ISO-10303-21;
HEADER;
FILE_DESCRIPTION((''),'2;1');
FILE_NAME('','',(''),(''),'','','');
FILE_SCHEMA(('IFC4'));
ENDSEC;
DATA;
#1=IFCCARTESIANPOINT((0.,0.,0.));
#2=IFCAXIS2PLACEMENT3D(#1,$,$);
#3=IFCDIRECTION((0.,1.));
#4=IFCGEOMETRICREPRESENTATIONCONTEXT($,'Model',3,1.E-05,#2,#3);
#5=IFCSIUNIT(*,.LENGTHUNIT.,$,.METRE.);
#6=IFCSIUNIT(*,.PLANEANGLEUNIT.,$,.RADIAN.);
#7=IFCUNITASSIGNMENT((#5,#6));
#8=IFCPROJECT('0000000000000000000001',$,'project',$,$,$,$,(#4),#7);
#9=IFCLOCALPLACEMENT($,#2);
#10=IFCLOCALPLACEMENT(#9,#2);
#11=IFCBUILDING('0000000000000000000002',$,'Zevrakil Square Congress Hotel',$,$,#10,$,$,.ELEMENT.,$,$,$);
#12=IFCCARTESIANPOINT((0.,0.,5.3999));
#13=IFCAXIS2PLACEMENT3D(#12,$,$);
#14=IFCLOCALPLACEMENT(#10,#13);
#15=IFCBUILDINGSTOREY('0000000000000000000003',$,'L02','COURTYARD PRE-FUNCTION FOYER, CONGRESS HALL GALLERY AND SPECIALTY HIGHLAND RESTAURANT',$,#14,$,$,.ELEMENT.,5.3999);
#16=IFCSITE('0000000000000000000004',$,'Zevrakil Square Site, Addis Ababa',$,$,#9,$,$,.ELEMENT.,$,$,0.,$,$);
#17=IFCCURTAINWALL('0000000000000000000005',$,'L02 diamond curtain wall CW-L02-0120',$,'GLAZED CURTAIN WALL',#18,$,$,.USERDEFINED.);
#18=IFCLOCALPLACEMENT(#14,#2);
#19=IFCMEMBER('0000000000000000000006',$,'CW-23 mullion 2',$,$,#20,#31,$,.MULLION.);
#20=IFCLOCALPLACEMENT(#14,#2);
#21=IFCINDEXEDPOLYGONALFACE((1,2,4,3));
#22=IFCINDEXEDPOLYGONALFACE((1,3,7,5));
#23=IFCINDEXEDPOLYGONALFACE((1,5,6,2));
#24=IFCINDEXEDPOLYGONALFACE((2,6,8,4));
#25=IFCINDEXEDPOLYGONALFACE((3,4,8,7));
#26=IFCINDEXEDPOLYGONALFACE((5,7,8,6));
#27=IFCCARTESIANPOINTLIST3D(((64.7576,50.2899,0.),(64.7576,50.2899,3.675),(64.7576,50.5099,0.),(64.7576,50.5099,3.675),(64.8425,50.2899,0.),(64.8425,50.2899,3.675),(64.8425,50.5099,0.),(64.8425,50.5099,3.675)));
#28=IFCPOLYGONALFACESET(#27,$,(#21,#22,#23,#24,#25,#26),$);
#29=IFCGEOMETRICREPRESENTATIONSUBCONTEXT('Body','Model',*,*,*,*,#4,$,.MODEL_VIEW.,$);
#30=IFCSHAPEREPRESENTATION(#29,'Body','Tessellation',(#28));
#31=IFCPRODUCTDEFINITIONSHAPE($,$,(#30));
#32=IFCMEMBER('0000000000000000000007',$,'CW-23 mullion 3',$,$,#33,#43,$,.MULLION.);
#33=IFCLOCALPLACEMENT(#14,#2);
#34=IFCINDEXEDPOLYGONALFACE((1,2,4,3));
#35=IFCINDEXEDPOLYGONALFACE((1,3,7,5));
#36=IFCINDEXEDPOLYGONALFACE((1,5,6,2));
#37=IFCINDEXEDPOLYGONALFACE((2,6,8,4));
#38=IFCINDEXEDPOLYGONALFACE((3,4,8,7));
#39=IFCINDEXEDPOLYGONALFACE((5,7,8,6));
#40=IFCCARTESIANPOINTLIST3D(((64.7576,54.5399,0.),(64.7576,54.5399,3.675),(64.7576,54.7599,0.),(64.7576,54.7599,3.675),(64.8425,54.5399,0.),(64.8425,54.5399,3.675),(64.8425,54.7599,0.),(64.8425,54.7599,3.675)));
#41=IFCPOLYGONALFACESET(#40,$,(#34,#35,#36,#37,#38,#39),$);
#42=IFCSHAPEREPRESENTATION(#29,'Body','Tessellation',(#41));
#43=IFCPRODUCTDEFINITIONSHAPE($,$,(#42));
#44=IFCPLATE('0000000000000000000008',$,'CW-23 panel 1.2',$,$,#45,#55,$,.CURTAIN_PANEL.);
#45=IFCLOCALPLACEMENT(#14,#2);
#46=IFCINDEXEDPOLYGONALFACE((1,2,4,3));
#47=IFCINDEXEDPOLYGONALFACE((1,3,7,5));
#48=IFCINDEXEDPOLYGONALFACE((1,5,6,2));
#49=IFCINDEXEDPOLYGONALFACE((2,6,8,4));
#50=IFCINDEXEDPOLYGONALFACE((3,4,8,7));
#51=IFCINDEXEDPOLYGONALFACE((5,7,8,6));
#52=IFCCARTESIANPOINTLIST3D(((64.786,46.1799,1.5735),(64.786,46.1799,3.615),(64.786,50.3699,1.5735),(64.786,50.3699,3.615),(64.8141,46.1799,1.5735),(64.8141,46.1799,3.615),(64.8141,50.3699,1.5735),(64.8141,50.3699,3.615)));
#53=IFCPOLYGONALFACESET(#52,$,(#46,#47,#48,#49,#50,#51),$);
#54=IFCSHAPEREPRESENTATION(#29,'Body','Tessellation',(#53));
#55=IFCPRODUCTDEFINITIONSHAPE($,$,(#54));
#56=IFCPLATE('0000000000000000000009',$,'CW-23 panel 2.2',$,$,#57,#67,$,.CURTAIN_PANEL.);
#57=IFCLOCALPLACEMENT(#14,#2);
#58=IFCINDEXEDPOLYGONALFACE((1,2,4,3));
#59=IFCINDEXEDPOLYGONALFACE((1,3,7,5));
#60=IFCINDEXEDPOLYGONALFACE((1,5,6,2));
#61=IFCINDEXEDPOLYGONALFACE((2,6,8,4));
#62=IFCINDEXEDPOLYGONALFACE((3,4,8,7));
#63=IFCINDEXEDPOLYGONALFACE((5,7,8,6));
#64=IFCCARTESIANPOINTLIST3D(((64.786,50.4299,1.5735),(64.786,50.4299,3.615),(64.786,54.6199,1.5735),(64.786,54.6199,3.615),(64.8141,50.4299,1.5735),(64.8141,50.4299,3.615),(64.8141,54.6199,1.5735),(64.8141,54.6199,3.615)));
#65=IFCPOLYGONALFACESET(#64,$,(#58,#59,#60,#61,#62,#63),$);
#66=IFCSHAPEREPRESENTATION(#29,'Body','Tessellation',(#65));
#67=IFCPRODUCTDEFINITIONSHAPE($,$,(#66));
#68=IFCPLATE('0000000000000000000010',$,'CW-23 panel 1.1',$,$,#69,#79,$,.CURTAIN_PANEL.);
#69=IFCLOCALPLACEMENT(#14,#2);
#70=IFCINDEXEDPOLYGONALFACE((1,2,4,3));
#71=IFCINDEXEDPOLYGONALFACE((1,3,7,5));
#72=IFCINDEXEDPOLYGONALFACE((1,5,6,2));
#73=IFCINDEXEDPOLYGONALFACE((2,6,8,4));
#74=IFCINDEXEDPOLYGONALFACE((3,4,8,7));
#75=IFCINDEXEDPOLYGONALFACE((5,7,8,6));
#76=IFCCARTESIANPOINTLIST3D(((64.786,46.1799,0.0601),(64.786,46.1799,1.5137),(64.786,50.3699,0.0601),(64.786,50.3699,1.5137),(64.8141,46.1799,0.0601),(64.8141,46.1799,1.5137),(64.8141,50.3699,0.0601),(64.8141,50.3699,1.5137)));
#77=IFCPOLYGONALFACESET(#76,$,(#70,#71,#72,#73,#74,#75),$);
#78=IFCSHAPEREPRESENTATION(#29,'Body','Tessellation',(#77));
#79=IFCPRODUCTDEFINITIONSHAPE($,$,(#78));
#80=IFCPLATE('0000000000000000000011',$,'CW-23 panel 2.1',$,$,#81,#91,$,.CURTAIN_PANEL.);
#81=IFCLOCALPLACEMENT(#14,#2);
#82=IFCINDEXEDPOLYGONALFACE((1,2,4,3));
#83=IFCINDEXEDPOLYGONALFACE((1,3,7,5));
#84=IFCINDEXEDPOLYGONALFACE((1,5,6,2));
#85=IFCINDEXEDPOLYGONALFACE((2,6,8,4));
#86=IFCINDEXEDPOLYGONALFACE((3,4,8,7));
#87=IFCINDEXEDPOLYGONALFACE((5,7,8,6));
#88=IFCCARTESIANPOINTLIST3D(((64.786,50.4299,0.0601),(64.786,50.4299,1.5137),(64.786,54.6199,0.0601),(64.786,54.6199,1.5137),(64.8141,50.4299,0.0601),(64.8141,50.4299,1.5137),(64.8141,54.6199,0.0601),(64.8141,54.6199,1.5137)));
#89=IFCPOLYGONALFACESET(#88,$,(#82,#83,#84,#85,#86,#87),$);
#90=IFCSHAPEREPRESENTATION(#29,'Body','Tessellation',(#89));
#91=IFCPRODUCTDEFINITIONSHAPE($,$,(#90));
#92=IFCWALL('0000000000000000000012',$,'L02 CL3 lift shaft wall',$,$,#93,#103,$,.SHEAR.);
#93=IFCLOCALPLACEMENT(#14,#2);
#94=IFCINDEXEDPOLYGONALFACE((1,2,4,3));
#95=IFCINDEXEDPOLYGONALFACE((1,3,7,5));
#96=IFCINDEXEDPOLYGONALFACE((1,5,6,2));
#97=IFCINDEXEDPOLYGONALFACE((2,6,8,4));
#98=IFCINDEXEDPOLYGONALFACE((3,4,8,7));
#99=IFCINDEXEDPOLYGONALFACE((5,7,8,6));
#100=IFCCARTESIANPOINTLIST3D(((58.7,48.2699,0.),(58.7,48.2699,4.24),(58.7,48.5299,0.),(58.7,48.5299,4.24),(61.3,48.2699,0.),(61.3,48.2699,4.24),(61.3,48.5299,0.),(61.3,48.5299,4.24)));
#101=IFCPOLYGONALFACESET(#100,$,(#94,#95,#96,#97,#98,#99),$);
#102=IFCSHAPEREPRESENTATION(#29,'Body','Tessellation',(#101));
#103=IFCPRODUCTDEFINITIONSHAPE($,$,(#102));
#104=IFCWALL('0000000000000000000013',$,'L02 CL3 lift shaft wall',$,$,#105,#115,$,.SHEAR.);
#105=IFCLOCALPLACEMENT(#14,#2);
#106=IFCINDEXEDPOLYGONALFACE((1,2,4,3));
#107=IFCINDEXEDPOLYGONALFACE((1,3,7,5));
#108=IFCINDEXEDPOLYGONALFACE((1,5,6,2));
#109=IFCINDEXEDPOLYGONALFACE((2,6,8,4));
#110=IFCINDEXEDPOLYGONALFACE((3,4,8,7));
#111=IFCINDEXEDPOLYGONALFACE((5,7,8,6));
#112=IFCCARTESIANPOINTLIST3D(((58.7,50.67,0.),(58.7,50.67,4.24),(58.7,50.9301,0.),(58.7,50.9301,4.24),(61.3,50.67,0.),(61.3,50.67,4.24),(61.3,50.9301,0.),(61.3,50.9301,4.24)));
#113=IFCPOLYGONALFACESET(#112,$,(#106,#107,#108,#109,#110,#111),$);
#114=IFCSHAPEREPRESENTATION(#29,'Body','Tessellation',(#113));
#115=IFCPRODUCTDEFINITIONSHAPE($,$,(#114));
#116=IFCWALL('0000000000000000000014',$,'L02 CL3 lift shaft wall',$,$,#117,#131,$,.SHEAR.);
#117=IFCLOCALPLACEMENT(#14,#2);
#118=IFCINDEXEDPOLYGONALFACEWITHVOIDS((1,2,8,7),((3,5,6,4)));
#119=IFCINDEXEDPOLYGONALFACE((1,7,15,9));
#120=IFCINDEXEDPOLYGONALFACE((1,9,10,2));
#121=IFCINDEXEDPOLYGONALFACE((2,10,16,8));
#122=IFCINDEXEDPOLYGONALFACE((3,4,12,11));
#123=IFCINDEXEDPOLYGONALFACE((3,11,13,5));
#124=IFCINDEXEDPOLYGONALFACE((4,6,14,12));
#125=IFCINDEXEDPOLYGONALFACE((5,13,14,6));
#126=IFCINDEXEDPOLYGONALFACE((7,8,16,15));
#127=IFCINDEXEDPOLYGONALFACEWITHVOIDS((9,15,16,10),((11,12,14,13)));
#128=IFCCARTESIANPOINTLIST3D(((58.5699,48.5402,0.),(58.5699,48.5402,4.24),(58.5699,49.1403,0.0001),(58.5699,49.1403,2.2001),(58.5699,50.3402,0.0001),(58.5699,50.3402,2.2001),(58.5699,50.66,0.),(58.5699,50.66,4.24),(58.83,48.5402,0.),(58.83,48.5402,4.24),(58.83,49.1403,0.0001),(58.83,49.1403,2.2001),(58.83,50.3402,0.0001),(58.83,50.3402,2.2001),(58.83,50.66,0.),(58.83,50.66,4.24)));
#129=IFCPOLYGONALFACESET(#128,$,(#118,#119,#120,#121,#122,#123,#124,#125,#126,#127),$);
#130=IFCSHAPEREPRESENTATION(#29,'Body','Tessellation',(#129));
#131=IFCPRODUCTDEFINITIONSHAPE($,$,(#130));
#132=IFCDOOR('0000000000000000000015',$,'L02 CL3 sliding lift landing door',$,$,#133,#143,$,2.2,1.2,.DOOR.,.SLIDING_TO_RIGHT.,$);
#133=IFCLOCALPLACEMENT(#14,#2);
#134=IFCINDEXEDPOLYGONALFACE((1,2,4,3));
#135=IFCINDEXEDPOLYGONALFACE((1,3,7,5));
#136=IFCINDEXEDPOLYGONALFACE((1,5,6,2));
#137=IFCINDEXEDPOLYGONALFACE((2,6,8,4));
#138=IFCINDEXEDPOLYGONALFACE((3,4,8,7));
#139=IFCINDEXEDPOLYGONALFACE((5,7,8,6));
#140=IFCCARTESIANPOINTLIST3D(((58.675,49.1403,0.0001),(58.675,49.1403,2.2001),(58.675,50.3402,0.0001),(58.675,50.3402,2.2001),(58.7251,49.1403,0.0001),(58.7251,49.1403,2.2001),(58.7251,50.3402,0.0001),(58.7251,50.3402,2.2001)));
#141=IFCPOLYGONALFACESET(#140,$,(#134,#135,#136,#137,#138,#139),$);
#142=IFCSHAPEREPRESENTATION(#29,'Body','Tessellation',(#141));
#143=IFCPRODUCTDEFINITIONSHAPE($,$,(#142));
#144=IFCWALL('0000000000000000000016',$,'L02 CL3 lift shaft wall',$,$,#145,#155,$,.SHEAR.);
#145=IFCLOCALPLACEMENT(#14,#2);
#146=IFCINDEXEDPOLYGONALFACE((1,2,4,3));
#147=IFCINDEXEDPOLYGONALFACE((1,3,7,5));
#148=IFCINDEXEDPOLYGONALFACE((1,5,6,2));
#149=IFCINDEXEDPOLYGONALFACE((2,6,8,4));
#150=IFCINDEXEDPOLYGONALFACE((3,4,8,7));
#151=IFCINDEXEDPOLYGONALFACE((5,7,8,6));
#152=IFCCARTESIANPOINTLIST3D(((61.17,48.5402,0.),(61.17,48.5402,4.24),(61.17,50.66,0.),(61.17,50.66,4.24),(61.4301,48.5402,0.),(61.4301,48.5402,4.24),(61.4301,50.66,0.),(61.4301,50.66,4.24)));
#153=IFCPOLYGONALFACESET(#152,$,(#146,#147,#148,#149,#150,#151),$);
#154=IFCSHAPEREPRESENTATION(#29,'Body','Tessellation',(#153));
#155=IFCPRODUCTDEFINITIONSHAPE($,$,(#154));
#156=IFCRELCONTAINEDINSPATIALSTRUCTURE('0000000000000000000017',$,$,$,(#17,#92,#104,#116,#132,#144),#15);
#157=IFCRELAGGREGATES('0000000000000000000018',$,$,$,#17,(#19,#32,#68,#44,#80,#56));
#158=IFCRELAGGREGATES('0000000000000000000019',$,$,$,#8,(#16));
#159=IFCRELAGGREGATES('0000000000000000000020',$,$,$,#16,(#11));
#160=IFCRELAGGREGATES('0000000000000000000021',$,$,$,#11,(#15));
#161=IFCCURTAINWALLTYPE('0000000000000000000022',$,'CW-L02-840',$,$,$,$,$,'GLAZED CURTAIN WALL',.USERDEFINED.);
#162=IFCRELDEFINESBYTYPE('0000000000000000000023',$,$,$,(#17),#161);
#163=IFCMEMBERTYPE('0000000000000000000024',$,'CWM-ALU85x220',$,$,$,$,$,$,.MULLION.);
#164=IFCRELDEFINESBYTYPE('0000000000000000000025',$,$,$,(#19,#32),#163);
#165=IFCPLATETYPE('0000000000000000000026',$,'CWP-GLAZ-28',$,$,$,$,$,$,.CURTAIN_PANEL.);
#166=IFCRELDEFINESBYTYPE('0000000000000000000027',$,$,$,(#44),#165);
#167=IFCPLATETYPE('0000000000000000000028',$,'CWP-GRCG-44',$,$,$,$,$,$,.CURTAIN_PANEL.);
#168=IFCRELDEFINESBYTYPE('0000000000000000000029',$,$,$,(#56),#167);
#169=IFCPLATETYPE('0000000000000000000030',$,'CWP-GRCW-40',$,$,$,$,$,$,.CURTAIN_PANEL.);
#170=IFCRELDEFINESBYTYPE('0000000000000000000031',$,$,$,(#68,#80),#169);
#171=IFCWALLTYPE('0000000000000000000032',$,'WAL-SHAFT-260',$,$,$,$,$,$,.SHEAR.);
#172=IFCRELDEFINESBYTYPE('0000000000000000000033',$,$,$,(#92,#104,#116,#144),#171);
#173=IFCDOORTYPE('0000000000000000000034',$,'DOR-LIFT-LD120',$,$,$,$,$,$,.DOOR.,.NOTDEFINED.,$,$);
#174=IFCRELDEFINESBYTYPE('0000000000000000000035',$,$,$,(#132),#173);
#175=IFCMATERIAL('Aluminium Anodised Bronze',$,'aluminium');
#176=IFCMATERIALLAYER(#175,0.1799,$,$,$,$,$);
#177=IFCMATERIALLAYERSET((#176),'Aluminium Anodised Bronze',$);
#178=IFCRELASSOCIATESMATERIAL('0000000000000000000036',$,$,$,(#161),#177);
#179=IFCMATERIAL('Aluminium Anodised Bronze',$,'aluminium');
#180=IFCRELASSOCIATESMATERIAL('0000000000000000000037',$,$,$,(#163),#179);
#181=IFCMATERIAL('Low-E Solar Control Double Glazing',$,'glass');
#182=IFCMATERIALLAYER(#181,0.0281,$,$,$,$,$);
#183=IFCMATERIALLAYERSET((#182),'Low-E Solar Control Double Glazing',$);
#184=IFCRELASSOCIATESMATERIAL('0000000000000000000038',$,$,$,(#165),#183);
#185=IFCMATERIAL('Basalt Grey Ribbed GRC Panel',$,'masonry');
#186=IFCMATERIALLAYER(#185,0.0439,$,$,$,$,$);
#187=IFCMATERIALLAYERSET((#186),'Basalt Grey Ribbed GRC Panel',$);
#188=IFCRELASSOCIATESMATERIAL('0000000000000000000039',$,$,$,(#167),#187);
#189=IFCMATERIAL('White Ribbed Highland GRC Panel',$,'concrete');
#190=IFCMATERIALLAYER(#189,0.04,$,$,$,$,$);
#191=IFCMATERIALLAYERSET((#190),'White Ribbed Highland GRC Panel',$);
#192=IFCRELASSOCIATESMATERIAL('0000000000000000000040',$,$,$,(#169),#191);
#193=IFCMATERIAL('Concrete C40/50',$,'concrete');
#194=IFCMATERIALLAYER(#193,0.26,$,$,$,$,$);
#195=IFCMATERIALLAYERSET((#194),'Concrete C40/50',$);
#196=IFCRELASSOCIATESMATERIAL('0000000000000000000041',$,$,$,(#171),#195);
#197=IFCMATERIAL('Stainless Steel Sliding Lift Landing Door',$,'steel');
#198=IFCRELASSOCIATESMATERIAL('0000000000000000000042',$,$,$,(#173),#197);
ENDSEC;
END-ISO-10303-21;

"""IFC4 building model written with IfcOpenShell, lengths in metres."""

from ifc_helpers import new_model, si_unit, direction, frame, frame_2d, origin, origin_2d, place, context, subcontext, project, spatial, rectangle, extrude, material, layer, layer_set, material_profile, profile_set, type_object, element, fill, aggregate, save


model = new_model("IFC4")

# Units and contexts
model_context = context("Model", 3, precision=1e-05, world=origin(), true_north=direction((0.0, 1.0)))
body_context = subcontext(model_context, "Body", "Model", "MODEL_VIEW")
ifc_project = project(units=[si_unit("LENGTHUNIT", "METRE"), si_unit("PLANEANGLEUNIT", "RADIAN")], contexts=[model_context])

# Site, building, storey
site_placement = place(None, origin())
site = spatial("IfcSite", under=ifc_project, at=site_placement, Name="Zevrakil Square Site, Addis Ababa", CompositionType="ELEMENT", RefElevation=0.0)
building_placement = place(site_placement, origin())
building = spatial("IfcBuilding", under=site, at=building_placement, Name="Zevrakil Square Congress Hotel", CompositionType="ELEMENT")
storey_placement = place(building_placement, frame((0.0, 0.0, 5.3999)))
storey = spatial("IfcBuildingStorey", under=building, at=storey_placement, Name="L02", Description="COURTYARD PRE-FUNCTION FOYER, CONGRESS HALL GALLERY AND SPECIALTY HIGHLAND RESTAURANT", CompositionType="ELEMENT", Elevation=5.3999)

# Curtain wall, members, plates
ifc_material_1 = material(Name="Aluminium Anodised Bronze", Category="aluminium")
ifc_layer_1 = layer(ifc_material_1, 0.1799)
ifc_layer_set_1 = layer_set([ifc_layer_1], Name="Aluminium Anodised Bronze")
curtain_wall_type = type_object("IfcCurtainWallType", Name="CW-L02-840", ElementType="GLAZED CURTAIN WALL", PredefinedType="USERDEFINED", material=ifc_layer_set_1)
curtain_wall_placement = place(storey_placement, origin())
curtain_wall = element("IfcCurtainWall", 1, at=curtain_wall_placement, inside=storey, type_object=curtain_wall_type, Name="L02 diamond curtain wall CW-L02-0120", ObjectType="GLAZED CURTAIN WALL", PredefinedType="USERDEFINED")
ifc_material_2 = material(Name="Aluminium Anodised Bronze", Category="aluminium")
ifc_material_profile_1 = material_profile(ifc_material_2, rectangle(XDim=0.085, YDim=0.22, at=origin_2d()), Name="ALU 85x220")
ifc_profile_set_1 = profile_set([ifc_material_profile_1], Name="Aluminium Anodised Bronze")
member_type_1 = type_object("IfcMemberType", Name="CWM-ALU85x220", PredefinedType="MULLION", material=ifc_profile_set_1)
member_1_placement = place(storey_placement, frame((64.8, 50.3999, 0.0), z_axis=(0.0, 0.0, 1.0), x_axis=(-1.0, 0.0, 0.0)))
member_1 = element("IfcMember", 2, at=member_1_placement, type_object=member_type_1, Name="CW-23 mullion 2", PredefinedType="MULLION", context=body_context, shape_type="SweptSolid", body=[
    extrude(rectangle(XDim=0.085, YDim=0.22, at=origin_2d()), origin(), (0.0, 0.0, 1.0), 3.675),
])
member_2_placement = place(storey_placement, frame((64.8, 54.6499, 0.0), z_axis=(0.0, 0.0, 1.0), x_axis=(-1.0, 0.0, 0.0)))
member_2 = element("IfcMember", 3, at=member_2_placement, type_object=member_type_1, Name="CW-23 mullion 3", PredefinedType="MULLION", context=body_context, shape_type="SweptSolid", body=[
    extrude(rectangle(XDim=0.085, YDim=0.22, at=origin_2d()), origin(), (0.0, 0.0, 1.0), 3.675),
])
ifc_material_3 = material(Name="Low-E Solar Control Double Glazing", Category="glass")
ifc_layer_2 = layer(ifc_material_3, 0.0281)
ifc_layer_set_2 = layer_set([ifc_layer_2], Name="Low-E Solar Control Double Glazing")
plate_type_1 = type_object("IfcPlateType", Name="CWP-GLAZ-28", PredefinedType="CURTAIN_PANEL", material=ifc_layer_set_2)
plate_1_placement = place(storey_placement, frame((64.8, 48.2749, 1.5735), z_axis=(0.0, 0.0, 1.0), x_axis=(0.0, 1.0, 0.0)))
plate_1 = element("IfcPlate", 4, at=plate_1_placement, type_object=plate_type_1, Name="CW-23 panel 1.2", PredefinedType="CURTAIN_PANEL", context=body_context, shape_type="SweptSolid", body=[
    extrude(rectangle(XDim=4.1899, YDim=0.0281, at=origin_2d()), origin(), (0.0, 0.0, 1.0), 2.0415),
])
ifc_material_4 = material(Name="Basalt Grey Ribbed GRC Panel", Category="masonry")
ifc_layer_3 = layer(ifc_material_4, 0.0439)
ifc_layer_set_3 = layer_set([ifc_layer_3], Name="Basalt Grey Ribbed GRC Panel")
plate_type_2 = type_object("IfcPlateType", Name="CWP-GRCG-44", PredefinedType="CURTAIN_PANEL", material=ifc_layer_set_3)
plate_2_placement = place(storey_placement, frame((64.8, 52.5249, 1.5735), z_axis=(0.0, 0.0, 1.0), x_axis=(0.0, 1.0, 0.0)))
plate_2 = element("IfcPlate", 5, at=plate_2_placement, type_object=plate_type_2, Name="CW-23 panel 2.2", PredefinedType="CURTAIN_PANEL", context=body_context, shape_type="SweptSolid", body=[
    extrude(rectangle(XDim=4.1899, YDim=0.0281, at=origin_2d()), origin(), (0.0, 0.0, 1.0), 2.0415),
])
ifc_material_5 = material(Name="White Ribbed Highland GRC Panel", Category="concrete")
ifc_layer_4 = layer(ifc_material_5, 0.04)
ifc_layer_set_4 = layer_set([ifc_layer_4], Name="White Ribbed Highland GRC Panel")
plate_type_3 = type_object("IfcPlateType", Name="CWP-GRCW-40", PredefinedType="CURTAIN_PANEL", material=ifc_layer_set_4)
plate_3_placement = place(storey_placement, frame((64.8, 48.2749, 0.0601), z_axis=(0.0, 0.0, 1.0), x_axis=(0.0, 1.0, 0.0)))
plate_3 = element("IfcPlate", 6, at=plate_3_placement, type_object=plate_type_3, Name="CW-23 panel 1.1", PredefinedType="CURTAIN_PANEL", context=body_context, shape_type="SweptSolid", body=[
    extrude(rectangle(XDim=4.1899, YDim=0.0281, at=origin_2d()), origin(), (0.0, 0.0, 1.0), 1.4536),
])
plate_4_placement = place(storey_placement, frame((64.8, 52.5249, 0.0601), z_axis=(0.0, 0.0, 1.0), x_axis=(0.0, 1.0, 0.0)))
plate_4 = element("IfcPlate", 7, at=plate_4_placement, type_object=plate_type_3, Name="CW-23 panel 2.1", PredefinedType="CURTAIN_PANEL", context=body_context, shape_type="SweptSolid", body=[
    extrude(rectangle(XDim=4.1899, YDim=0.0281, at=origin_2d()), origin(), (0.0, 0.0, 1.0), 1.4536),
])
aggregate(curtain_wall, [member_1, member_2, plate_3, plate_1, plate_4, plate_2])

# Walls
ifc_material_6 = material(Name="Concrete C40/50", Category="concrete")
ifc_layer_5 = layer(ifc_material_6, 0.26)
ifc_layer_set_5 = layer_set([ifc_layer_5], Name="Concrete C40/50")
wall_type = type_object("IfcWallType", Name="WAL-SHAFT-260", PredefinedType="SHEAR", material=ifc_layer_set_5)
for number, where, z_axis, x_axis, name in (
    (8, (58.7, 48.3999, 0.0), (0.0, 0.0, 1.0), (1.0, 0.0, 0.0), "L02 CL3 lift shaft wall"),
    (9, (58.7, 50.8, 0.0), (0.0, 0.0, 1.0), (1.0, 0.0, 0.0), "L02 CL3 lift shaft wall"),
):
    element("IfcWall", number, at=place(storey_placement, frame(where, z_axis=z_axis, x_axis=x_axis)), inside=storey, type_object=wall_type, Name=name, PredefinedType="SHEAR", context=body_context, shape_type="SweptSolid", body=[
        extrude(rectangle(XDim=2.6001, YDim=0.26, at=frame_2d((1.3, 0.0))), origin(), (0.0, 0.0, 1.0), 4.24),
    ])

# Wall, opening, door
wall_1_placement = place(storey_placement, frame((58.7, 48.54, 0.0), z_axis=(0.0, 0.0, 1.0), x_axis=(0.0, 1.0, 0.0)))
wall_1 = element("IfcWall", 10, at=wall_1_placement, inside=storey, type_object=wall_type, Name="L02 CL3 lift shaft wall", PredefinedType="SHEAR", context=body_context, shape_type="SweptSolid", body=[
    extrude(rectangle(XDim=2.1199, YDim=0.26, at=frame_2d((1.0601, 0.0))), origin(), (0.0, 0.0, 1.0), 4.24),
])
opening_placement = place(wall_1_placement, frame((0.6001, 0.0, 0.0)))
opening = element("IfcOpeningElement", 11, at=opening_placement, cuts=wall_1, PredefinedType="OPENING", context=body_context, shape_type="SweptSolid", body=[
    extrude(rectangle(XDim=1.2, YDim=2.2, at=frame_2d((0.6001, 1.1001))), frame((0.0, 0.1401, 0.0), z_axis=(0.0, -1.0, 0.0), x_axis=(1.0, 0.0, 0.0)), (0.0, 0.0, 1.0), 0.28),
])
ifc_material_7 = material(Name="Stainless Steel Sliding Lift Landing Door", Category="steel")
door_type = type_object("IfcDoorType", Name="DOR-LIFT-LD120", OperationType="NOTDEFINED", PredefinedType="DOOR", material=ifc_material_7)
door_placement = place(opening_placement, origin())
door = element("IfcDoor", 12, at=door_placement, inside=storey, type_object=door_type, Name="L02 CL3 sliding lift landing door", OperationType="SLIDING_TO_RIGHT", OverallHeight=2.2, OverallWidth=1.2, PredefinedType="DOOR", context=body_context, shape_type="SweptSolid", body=[
    extrude(rectangle(XDim=1.2, YDim=2.2, at=frame_2d((0.6001, 1.1001))), frame((0.0, 0.0249, 0.0), z_axis=(0.0, -1.0, 0.0), x_axis=(1.0, 0.0, 0.0)), (0.0, 0.0, 1.0), 0.05),
])
fill(opening, door)

# Wall
wall_2_placement = place(storey_placement, frame((61.3, 48.54, 0.0), z_axis=(0.0, 0.0, 1.0), x_axis=(0.0, 1.0, 0.0)))
element("IfcWall", 13, at=wall_2_placement, inside=storey, type_object=wall_type, Name="L02 CL3 lift shaft wall", PredefinedType="SHEAR", context=body_context, shape_type="SweptSolid", body=[
    extrude(rectangle(XDim=2.1199, YDim=0.26, at=frame_2d((1.0601, 0.0))), origin(), (0.0, 0.0, 1.0), 4.24),
])

save(model, "model.ifc")
